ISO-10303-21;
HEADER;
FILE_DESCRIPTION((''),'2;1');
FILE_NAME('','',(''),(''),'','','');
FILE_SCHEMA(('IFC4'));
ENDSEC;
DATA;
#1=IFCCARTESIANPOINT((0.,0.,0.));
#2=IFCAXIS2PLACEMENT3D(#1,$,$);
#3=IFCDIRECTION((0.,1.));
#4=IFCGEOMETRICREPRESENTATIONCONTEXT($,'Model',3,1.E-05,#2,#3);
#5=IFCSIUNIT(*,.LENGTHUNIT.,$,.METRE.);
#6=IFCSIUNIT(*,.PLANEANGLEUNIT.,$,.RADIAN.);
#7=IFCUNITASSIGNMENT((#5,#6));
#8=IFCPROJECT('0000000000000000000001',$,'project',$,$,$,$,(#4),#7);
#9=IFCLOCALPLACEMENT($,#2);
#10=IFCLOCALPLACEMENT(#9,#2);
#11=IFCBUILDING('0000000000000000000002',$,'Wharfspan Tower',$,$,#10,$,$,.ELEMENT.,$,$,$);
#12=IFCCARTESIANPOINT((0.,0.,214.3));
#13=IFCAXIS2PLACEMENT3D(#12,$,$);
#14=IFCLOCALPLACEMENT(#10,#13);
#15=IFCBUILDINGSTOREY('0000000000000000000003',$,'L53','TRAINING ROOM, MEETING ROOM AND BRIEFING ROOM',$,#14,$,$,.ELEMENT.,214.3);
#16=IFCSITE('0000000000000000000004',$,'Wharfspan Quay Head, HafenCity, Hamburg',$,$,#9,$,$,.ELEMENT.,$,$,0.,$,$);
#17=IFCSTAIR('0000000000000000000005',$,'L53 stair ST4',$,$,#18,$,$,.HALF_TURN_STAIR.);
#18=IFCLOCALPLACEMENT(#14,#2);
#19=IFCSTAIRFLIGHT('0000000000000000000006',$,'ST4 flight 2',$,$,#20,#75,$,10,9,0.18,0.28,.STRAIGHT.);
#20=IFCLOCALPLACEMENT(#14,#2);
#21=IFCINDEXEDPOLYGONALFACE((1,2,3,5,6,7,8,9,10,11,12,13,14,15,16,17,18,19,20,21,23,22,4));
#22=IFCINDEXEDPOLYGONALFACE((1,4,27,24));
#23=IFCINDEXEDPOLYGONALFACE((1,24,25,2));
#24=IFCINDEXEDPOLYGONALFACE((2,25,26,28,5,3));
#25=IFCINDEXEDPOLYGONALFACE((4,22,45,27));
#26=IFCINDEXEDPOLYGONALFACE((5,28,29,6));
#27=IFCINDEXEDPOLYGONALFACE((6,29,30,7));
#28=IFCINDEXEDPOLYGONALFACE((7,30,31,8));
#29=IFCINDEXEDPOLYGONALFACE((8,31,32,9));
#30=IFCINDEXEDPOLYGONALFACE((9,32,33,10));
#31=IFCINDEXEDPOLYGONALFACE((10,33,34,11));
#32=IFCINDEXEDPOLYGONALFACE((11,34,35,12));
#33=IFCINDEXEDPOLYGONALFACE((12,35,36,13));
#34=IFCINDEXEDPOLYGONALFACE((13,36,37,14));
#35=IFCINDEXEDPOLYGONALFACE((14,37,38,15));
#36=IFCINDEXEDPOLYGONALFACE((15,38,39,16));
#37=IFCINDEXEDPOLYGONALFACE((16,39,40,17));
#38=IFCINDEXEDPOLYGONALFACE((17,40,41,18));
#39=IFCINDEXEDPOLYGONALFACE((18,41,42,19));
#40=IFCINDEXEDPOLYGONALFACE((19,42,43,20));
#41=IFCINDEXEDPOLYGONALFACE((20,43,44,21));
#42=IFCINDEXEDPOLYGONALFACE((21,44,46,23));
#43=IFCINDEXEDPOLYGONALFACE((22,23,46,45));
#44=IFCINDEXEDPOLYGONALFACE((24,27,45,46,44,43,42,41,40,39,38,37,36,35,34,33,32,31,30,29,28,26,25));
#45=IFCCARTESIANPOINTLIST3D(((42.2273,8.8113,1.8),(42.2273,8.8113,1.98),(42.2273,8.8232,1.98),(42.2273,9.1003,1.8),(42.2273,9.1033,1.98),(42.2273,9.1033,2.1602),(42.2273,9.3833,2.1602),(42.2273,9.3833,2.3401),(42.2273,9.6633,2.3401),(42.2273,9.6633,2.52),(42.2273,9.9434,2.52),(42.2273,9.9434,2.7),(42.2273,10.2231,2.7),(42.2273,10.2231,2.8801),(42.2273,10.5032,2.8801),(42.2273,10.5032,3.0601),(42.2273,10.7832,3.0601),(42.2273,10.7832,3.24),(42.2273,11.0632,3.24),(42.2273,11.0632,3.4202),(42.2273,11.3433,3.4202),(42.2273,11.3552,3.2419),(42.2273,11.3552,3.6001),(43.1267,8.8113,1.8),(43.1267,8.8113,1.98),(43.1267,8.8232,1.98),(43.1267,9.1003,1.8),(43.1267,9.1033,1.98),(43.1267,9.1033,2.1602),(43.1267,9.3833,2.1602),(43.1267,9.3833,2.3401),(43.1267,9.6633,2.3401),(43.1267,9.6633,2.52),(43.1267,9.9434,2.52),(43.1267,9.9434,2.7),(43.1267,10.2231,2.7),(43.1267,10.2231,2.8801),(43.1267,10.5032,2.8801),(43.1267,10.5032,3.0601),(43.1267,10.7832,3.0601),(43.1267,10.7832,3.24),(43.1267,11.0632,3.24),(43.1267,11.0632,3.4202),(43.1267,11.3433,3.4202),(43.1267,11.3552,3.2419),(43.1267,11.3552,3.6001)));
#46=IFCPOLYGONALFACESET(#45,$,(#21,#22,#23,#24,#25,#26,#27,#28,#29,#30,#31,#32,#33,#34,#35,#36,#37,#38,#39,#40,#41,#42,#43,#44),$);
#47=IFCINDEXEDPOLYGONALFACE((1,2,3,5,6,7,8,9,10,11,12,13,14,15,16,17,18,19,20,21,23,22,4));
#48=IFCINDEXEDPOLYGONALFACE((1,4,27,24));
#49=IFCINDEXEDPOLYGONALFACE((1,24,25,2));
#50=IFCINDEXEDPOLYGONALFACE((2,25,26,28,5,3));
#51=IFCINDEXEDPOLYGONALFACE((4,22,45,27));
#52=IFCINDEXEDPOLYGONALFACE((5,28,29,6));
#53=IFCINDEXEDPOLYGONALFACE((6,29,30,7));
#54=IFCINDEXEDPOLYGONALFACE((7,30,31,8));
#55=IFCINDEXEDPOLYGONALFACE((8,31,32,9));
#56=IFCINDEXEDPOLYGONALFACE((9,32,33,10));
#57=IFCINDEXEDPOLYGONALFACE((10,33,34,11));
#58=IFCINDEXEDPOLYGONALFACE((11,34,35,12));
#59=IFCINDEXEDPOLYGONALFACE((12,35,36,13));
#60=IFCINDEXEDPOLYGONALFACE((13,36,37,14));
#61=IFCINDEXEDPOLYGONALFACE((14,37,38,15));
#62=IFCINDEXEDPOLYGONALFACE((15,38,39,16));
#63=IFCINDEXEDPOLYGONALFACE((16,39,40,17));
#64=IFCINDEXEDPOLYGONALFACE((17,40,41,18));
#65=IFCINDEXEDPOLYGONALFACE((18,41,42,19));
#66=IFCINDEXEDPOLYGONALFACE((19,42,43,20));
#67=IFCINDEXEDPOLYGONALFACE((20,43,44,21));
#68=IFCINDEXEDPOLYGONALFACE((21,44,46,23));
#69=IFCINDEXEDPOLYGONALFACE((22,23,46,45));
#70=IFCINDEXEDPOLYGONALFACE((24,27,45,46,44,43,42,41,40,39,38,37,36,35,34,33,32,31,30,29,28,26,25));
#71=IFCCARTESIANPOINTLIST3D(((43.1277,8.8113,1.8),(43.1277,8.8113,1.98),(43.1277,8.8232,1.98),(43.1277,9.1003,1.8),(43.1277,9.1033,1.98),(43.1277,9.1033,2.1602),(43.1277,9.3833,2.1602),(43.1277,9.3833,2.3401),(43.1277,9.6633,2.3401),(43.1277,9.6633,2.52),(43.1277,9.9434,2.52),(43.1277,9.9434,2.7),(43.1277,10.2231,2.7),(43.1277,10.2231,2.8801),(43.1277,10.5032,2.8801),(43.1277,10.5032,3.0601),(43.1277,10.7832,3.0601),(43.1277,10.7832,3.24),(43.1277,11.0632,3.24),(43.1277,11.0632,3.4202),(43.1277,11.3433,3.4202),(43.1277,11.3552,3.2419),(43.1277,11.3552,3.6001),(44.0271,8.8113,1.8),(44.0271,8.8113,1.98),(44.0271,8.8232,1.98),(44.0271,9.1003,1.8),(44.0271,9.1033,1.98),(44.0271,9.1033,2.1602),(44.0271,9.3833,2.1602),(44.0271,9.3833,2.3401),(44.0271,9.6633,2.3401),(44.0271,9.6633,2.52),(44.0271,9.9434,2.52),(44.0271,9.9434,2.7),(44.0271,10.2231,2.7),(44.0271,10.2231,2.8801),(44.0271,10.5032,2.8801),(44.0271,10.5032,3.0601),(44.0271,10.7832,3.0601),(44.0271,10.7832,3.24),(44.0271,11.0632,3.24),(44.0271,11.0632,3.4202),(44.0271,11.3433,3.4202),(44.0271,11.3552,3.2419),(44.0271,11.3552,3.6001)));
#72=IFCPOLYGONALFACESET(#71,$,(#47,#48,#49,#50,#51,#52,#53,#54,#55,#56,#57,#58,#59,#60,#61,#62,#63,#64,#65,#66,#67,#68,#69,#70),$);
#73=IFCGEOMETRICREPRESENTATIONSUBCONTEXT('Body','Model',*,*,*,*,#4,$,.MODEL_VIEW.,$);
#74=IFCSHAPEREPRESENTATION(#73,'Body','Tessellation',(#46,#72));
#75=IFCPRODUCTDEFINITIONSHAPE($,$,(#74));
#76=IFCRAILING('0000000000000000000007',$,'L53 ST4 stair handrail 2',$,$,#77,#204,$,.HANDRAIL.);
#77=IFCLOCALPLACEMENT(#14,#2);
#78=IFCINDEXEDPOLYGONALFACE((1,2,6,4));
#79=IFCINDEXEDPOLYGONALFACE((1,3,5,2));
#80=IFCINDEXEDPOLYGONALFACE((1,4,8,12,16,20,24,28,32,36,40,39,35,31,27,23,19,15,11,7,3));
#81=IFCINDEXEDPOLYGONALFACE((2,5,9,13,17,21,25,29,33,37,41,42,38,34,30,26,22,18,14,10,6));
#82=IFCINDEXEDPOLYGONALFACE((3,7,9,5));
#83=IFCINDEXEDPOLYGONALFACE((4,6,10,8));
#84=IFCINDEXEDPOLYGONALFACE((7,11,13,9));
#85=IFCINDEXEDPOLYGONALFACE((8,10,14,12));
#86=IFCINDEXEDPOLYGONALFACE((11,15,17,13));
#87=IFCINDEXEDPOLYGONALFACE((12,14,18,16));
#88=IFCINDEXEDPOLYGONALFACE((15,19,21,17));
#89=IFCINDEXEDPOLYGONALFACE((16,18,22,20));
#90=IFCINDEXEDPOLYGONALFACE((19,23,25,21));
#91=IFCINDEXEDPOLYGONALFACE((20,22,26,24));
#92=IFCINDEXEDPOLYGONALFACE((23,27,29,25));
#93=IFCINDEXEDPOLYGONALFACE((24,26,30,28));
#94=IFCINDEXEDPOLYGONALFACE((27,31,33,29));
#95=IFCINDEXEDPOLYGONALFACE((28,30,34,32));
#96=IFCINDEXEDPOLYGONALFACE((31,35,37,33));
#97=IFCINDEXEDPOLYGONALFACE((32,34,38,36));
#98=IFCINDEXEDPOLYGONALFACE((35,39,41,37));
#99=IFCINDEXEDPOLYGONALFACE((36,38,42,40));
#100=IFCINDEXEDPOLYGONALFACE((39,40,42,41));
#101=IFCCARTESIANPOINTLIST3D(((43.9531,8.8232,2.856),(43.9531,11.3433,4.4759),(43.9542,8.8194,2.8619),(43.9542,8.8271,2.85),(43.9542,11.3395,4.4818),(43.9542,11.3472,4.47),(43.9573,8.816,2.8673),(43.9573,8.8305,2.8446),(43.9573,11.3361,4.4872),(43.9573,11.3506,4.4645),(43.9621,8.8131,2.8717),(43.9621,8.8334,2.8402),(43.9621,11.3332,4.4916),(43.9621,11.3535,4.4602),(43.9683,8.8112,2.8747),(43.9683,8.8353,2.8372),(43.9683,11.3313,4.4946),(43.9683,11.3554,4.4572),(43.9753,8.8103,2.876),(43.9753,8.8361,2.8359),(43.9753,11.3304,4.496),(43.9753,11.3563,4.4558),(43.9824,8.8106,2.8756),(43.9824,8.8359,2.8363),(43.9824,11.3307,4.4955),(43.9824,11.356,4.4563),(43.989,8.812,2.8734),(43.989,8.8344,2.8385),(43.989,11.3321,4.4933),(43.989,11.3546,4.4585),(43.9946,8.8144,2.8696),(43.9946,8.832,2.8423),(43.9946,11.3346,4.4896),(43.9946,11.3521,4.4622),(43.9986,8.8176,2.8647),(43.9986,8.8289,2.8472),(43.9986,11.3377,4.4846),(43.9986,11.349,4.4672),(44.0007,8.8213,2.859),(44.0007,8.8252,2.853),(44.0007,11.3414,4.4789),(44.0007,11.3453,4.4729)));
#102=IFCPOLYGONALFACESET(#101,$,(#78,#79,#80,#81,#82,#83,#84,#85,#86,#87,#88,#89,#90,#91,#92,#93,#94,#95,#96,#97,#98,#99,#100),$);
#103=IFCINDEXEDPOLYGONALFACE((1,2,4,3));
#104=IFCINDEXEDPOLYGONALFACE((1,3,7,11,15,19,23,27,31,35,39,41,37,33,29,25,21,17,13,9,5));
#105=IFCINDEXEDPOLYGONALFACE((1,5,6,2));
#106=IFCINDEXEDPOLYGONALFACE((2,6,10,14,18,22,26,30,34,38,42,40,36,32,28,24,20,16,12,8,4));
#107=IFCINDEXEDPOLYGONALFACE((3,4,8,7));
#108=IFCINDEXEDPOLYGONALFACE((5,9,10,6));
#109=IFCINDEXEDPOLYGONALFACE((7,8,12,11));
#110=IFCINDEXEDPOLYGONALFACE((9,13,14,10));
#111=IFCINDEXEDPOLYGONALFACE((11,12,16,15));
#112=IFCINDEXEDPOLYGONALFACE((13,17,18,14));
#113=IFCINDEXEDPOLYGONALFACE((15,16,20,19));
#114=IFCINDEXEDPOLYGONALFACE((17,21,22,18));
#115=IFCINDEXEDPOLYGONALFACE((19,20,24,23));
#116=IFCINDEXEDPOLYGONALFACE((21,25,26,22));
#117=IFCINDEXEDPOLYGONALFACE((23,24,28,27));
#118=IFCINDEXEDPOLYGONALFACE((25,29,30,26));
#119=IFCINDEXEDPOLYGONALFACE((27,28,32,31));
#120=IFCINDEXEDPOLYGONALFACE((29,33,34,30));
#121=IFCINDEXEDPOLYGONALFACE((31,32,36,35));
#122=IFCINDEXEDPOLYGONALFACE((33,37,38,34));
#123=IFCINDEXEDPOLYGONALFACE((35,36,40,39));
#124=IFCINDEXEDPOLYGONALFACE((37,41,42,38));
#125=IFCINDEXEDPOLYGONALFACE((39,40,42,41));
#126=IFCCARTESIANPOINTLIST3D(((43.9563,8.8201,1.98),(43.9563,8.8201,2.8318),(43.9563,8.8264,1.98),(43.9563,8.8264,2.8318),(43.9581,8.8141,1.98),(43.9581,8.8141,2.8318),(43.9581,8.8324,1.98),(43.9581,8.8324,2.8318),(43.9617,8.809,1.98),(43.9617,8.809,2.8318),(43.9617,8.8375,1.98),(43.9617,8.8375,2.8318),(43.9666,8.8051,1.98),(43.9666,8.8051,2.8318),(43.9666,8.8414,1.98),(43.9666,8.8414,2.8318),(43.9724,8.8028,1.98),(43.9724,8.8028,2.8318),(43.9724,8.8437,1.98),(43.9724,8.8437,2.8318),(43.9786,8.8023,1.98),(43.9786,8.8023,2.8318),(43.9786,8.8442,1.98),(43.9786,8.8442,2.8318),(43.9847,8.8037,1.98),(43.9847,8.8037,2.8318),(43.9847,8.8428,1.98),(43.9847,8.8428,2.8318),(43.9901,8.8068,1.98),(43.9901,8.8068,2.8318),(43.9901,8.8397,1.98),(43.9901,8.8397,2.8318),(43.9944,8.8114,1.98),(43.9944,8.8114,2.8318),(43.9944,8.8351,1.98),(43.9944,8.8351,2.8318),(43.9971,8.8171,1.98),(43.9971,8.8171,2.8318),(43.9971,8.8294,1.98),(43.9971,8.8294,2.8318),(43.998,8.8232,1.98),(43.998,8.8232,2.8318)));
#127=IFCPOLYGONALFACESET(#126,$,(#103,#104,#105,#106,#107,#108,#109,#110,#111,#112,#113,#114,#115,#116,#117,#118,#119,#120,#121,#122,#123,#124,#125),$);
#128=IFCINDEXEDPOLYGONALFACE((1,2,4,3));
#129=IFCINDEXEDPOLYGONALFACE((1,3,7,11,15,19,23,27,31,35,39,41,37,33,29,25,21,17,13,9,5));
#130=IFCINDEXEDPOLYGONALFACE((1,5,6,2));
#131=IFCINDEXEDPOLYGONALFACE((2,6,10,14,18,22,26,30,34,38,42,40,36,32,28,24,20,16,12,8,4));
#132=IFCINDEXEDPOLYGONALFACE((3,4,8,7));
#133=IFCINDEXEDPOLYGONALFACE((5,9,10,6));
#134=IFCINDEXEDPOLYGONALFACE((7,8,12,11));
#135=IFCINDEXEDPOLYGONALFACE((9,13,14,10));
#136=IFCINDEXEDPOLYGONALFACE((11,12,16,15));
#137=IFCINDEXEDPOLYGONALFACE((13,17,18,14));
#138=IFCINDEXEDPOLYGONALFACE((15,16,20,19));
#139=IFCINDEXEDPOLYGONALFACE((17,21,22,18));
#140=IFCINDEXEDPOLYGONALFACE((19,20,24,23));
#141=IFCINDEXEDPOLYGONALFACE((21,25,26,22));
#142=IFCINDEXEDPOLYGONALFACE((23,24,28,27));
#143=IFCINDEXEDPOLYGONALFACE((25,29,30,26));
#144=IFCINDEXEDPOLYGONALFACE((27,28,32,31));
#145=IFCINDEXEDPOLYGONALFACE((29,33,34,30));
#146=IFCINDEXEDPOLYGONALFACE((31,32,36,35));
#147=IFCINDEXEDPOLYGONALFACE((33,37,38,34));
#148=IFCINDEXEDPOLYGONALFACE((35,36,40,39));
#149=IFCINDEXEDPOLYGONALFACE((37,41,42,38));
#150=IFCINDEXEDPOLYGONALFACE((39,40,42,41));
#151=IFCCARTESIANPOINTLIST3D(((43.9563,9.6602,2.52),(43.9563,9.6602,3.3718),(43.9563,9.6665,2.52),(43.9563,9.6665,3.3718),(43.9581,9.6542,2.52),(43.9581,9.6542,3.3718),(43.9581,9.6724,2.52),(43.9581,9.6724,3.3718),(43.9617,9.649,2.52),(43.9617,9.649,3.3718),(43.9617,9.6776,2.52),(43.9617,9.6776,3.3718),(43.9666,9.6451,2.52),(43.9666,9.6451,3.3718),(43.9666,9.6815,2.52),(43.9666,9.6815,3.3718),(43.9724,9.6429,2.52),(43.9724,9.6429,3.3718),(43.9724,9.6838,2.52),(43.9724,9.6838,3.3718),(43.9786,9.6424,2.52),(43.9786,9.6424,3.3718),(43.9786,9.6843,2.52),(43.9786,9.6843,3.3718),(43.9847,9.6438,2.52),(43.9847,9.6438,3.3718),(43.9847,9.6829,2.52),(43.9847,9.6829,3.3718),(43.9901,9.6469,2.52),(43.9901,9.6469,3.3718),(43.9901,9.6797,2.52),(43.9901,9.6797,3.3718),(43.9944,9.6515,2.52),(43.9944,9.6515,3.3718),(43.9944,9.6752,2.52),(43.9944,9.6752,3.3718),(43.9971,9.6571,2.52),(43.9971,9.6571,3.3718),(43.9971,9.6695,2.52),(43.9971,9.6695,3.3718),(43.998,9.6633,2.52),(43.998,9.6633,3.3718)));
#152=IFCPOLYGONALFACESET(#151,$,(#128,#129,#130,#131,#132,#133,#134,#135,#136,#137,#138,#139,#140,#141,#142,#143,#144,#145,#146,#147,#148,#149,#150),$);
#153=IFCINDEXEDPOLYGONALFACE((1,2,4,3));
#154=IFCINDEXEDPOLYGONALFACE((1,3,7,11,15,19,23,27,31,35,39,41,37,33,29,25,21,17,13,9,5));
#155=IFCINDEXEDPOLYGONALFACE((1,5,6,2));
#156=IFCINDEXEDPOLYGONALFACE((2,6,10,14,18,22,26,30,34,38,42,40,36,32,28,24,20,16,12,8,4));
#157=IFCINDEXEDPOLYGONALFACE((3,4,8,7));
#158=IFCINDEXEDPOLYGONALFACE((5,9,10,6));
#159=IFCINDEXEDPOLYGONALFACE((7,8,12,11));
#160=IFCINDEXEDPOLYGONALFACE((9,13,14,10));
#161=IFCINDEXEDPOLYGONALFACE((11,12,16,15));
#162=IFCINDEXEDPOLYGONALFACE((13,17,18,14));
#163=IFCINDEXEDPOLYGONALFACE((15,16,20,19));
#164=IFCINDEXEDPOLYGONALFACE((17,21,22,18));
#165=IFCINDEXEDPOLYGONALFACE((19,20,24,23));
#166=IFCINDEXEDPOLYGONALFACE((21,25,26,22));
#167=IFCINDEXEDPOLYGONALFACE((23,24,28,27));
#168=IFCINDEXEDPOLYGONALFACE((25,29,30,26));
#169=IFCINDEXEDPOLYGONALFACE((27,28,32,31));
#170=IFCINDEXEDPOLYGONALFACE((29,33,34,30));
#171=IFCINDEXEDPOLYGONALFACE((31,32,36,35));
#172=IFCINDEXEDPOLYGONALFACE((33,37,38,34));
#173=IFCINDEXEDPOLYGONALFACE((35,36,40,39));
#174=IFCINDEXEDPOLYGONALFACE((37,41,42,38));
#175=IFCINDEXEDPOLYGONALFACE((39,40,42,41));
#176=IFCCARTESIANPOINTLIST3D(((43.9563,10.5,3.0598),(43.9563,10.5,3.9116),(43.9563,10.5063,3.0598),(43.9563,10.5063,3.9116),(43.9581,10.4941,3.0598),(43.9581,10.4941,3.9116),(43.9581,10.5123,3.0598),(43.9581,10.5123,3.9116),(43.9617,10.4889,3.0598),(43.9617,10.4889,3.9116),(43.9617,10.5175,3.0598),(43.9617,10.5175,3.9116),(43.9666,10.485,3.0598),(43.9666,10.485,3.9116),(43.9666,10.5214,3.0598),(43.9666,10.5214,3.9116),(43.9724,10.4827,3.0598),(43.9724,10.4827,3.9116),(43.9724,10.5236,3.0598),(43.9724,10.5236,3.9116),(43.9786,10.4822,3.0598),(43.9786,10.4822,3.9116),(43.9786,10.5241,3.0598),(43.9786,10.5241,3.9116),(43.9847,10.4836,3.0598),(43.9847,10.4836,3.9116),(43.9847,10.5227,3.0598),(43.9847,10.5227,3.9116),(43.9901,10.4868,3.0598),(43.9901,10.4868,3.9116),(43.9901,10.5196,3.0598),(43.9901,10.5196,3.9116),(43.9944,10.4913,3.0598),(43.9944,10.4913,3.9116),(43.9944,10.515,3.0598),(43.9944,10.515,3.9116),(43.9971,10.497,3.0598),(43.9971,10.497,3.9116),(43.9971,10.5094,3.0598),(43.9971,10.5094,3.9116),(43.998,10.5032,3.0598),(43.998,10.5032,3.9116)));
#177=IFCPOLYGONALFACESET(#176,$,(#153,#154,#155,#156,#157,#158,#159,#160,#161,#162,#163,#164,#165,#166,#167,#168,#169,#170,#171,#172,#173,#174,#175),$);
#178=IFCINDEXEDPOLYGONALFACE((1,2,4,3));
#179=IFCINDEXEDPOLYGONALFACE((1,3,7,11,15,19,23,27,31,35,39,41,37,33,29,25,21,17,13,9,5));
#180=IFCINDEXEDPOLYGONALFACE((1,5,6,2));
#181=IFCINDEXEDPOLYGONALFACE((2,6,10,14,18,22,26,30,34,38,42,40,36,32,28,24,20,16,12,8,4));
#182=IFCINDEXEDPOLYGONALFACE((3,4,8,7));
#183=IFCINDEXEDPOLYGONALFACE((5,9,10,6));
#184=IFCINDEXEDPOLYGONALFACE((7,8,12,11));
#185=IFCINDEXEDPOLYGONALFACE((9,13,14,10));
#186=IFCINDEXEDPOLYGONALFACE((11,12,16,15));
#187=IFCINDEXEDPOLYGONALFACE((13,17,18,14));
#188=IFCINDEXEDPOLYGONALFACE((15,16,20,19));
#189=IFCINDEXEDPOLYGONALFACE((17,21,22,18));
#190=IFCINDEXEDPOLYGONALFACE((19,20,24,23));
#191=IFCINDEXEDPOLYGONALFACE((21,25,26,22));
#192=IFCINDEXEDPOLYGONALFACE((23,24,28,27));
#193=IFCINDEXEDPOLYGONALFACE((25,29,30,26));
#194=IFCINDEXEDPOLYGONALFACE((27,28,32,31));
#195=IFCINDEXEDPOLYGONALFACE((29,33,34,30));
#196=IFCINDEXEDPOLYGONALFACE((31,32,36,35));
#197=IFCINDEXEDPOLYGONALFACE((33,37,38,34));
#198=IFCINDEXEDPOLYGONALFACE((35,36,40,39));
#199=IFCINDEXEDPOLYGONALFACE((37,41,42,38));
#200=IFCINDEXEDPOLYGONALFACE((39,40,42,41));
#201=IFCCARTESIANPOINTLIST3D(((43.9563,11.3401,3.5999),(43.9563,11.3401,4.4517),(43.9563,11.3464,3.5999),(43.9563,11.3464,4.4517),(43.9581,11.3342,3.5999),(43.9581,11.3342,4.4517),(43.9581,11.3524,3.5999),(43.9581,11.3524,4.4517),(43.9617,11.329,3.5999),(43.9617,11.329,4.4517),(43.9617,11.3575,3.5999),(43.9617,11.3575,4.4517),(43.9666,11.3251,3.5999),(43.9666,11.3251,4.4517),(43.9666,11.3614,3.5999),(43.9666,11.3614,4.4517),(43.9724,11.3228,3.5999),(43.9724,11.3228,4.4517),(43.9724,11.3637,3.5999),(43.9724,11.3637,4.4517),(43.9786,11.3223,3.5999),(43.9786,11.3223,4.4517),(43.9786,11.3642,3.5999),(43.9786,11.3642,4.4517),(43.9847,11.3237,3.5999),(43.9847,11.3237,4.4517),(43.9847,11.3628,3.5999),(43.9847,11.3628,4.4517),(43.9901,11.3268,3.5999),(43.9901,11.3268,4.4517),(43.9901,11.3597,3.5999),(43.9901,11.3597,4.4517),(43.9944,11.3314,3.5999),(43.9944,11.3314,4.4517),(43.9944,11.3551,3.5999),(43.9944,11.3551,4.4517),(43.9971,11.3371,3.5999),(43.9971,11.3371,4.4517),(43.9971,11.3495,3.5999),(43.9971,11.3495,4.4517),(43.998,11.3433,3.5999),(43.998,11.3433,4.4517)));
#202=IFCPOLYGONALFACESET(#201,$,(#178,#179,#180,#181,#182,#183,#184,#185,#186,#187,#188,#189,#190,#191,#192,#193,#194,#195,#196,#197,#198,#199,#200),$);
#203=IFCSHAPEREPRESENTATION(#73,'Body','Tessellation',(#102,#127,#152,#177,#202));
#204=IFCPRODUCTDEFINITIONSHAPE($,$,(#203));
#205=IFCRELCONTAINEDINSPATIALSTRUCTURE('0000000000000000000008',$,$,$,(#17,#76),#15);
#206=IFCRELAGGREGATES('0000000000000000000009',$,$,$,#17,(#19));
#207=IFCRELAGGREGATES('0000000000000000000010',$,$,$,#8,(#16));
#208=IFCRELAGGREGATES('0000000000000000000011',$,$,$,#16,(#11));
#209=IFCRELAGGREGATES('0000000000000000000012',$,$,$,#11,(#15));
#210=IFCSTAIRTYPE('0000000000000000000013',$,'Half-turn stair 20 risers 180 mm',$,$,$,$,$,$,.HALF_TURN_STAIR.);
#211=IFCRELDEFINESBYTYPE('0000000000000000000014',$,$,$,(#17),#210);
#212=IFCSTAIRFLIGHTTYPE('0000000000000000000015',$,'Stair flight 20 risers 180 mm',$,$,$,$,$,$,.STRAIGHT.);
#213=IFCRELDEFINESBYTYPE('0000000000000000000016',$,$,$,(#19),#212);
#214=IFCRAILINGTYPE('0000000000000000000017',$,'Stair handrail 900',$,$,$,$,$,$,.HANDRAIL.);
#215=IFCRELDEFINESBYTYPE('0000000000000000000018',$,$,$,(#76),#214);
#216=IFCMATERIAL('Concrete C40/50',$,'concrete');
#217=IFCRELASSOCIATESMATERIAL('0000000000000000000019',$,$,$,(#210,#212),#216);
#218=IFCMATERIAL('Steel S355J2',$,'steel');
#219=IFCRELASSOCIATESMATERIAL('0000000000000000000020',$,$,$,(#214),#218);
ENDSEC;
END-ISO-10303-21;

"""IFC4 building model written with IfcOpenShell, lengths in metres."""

from ifc_helpers import new_model, si_unit, direction, frame, origin, origin_2d, place, context, subcontext, project, spatial, polyline, circle, outline, extrude, material, type_object, element, aggregate, save


model = new_model("IFC4")

# Units and contexts
model_context = context("Model", 3, precision=1e-05, world=origin(), true_north=direction((0.0, 1.0)))
body_context = subcontext(model_context, "Body", "Model", "MODEL_VIEW")
ifc_project = project(units=[si_unit("LENGTHUNIT", "METRE"), si_unit("PLANEANGLEUNIT", "RADIAN")], contexts=[model_context])

# Site, building, storey
site_placement = place(None, origin())
site = spatial("IfcSite", under=ifc_project, at=site_placement, Name="Wharfspan Quay Head, HafenCity, Hamburg", CompositionType="ELEMENT", RefElevation=0.0)
building_placement = place(site_placement, origin())
building = spatial("IfcBuilding", under=site, at=building_placement, Name="Wharfspan Tower", CompositionType="ELEMENT")
storey_placement = place(building_placement, frame((0.0, 0.0, 214.3)))
storey = spatial("IfcBuildingStorey", under=building, at=storey_placement, Name="L53", Description="TRAINING ROOM, MEETING ROOM AND BRIEFING ROOM", CompositionType="ELEMENT", Elevation=214.3)

# Shared definitions
ifc_material_1 = material(Name="Steel S355J2", Category="steel")

# Shared definitions
ifc_material_2 = material(Name="Concrete C40/50", Category="concrete")

# Stair, stair flight
stair_type = type_object("IfcStairType", Name="Half-turn stair 20 risers 180 mm", PredefinedType="HALF_TURN_STAIR", material=ifc_material_2)
stair_placement = place(storey_placement, origin())
stair = element("IfcStair", 1, at=stair_placement, inside=storey, type_object=stair_type, Name="L53 stair ST4", PredefinedType="HALF_TURN_STAIR")
stair_flight_type = type_object("IfcStairFlightType", Name="Stair flight 20 risers 180 mm", PredefinedType="STRAIGHT", material=ifc_material_2)
stair_flight_placement = place(storey_placement, frame((43.1272, 8.8232, 1.8), z_axis=(0.0, 0.0, 1.0), x_axis=(0.0, 1.0, 0.0)))
stair_flight = element("IfcStairFlight", 2, at=stair_flight_placement, type_object=stair_flight_type, Name="ST4 flight 2", NumberOfRisers=10, NumberOfTreads=9, PredefinedType="STRAIGHT", RiserHeight=0.18, TreadLength=0.28, context=body_context, shape_type="SweptSolid", body=[
    extrude(outline(polyline([(-0.012, 0.0), (-0.012, 0.1799), (0.0, 0.1799), (0.28, 0.1799), (0.28, 0.3601), (0.5601, 0.3601), (0.5601, 0.54), (0.8401, 0.54), (0.8401, 0.72), (1.1201, 0.72), (1.1201, 0.8999), (1.3999, 0.8999), (1.3999, 1.0801), (1.6799, 1.0801), (1.6799, 1.26), (1.96, 1.26), (1.96, 1.4399), (2.24, 1.4399), (2.24, 1.6201), (2.52, 1.6201), (2.532, 1.8), (2.532, 1.4419), (0.2771, 0.0), (-0.012, 0.0)])), frame((0.0, 0.8999, 0.0), z_axis=(0.0, -1.0, 0.0), x_axis=(1.0, 0.0, 0.0)), (0.0, 0.0, 1.0), 0.8994),
    extrude(outline(polyline([(-0.012, 0.0), (-0.012, 0.1799), (0.0, 0.1799), (0.28, 0.1799), (0.28, 0.3601), (0.5601, 0.3601), (0.5601, 0.54), (0.8401, 0.54), (0.8401, 0.72), (1.1201, 0.72), (1.1201, 0.8999), (1.3999, 0.8999), (1.3999, 1.0801), (1.6799, 1.0801), (1.6799, 1.26), (1.96, 1.26), (1.96, 1.4399), (2.24, 1.4399), (2.24, 1.6201), (2.52, 1.6201), (2.532, 1.8), (2.532, 1.4419), (0.2771, 0.0), (-0.012, 0.0)])), frame((0.0, -0.0005, 0.0), z_axis=(0.0, -1.0, 0.0), x_axis=(1.0, 0.0, 0.0)), (0.0, 0.0, 1.0), 0.8994),
])
aggregate(stair, [stair_flight])

# Railing
railing_type = type_object("IfcRailingType", Name="Stair handrail 900", PredefinedType="HANDRAIL", material=ifc_material_1)
railing_placement = place(storey_placement, frame((43.9771, 8.8232, 1.98)))
element("IfcRailing", 3, at=railing_placement, inside=storey, type_object=railing_type, Name="L53 ST4 stair handrail 2", PredefinedType="HANDRAIL", context=body_context, shape_type="SweptSolid", body=[
    extrude(circle(Radius=0.0239, at=origin_2d()), frame((0.0, 0.0, 0.876), z_axis=(0.0, 0.8412, 0.540725), x_axis=(-1.0, 0.0, 0.0)), (0.0, 0.0, 1.0), 2.9958),
    extrude(circle(Radius=0.021, at=origin_2d()), origin(), (0.0, 0.0, 1.0), 0.8518),
    extrude(circle(Radius=0.021, at=origin_2d()), frame((0.0, 0.8401, 0.54)), (0.0, 0.0, 1.0), 0.8518),
    extrude(circle(Radius=0.021, at=origin_2d()), frame((0.0, 1.6799, 1.0798)), (0.0, 0.0, 1.0), 0.8518),
    extrude(circle(Radius=0.021, at=origin_2d()), frame((0.0, 2.52, 1.6199)), (0.0, 0.0, 1.0), 0.8518),
])

save(model, "model.ifc")
